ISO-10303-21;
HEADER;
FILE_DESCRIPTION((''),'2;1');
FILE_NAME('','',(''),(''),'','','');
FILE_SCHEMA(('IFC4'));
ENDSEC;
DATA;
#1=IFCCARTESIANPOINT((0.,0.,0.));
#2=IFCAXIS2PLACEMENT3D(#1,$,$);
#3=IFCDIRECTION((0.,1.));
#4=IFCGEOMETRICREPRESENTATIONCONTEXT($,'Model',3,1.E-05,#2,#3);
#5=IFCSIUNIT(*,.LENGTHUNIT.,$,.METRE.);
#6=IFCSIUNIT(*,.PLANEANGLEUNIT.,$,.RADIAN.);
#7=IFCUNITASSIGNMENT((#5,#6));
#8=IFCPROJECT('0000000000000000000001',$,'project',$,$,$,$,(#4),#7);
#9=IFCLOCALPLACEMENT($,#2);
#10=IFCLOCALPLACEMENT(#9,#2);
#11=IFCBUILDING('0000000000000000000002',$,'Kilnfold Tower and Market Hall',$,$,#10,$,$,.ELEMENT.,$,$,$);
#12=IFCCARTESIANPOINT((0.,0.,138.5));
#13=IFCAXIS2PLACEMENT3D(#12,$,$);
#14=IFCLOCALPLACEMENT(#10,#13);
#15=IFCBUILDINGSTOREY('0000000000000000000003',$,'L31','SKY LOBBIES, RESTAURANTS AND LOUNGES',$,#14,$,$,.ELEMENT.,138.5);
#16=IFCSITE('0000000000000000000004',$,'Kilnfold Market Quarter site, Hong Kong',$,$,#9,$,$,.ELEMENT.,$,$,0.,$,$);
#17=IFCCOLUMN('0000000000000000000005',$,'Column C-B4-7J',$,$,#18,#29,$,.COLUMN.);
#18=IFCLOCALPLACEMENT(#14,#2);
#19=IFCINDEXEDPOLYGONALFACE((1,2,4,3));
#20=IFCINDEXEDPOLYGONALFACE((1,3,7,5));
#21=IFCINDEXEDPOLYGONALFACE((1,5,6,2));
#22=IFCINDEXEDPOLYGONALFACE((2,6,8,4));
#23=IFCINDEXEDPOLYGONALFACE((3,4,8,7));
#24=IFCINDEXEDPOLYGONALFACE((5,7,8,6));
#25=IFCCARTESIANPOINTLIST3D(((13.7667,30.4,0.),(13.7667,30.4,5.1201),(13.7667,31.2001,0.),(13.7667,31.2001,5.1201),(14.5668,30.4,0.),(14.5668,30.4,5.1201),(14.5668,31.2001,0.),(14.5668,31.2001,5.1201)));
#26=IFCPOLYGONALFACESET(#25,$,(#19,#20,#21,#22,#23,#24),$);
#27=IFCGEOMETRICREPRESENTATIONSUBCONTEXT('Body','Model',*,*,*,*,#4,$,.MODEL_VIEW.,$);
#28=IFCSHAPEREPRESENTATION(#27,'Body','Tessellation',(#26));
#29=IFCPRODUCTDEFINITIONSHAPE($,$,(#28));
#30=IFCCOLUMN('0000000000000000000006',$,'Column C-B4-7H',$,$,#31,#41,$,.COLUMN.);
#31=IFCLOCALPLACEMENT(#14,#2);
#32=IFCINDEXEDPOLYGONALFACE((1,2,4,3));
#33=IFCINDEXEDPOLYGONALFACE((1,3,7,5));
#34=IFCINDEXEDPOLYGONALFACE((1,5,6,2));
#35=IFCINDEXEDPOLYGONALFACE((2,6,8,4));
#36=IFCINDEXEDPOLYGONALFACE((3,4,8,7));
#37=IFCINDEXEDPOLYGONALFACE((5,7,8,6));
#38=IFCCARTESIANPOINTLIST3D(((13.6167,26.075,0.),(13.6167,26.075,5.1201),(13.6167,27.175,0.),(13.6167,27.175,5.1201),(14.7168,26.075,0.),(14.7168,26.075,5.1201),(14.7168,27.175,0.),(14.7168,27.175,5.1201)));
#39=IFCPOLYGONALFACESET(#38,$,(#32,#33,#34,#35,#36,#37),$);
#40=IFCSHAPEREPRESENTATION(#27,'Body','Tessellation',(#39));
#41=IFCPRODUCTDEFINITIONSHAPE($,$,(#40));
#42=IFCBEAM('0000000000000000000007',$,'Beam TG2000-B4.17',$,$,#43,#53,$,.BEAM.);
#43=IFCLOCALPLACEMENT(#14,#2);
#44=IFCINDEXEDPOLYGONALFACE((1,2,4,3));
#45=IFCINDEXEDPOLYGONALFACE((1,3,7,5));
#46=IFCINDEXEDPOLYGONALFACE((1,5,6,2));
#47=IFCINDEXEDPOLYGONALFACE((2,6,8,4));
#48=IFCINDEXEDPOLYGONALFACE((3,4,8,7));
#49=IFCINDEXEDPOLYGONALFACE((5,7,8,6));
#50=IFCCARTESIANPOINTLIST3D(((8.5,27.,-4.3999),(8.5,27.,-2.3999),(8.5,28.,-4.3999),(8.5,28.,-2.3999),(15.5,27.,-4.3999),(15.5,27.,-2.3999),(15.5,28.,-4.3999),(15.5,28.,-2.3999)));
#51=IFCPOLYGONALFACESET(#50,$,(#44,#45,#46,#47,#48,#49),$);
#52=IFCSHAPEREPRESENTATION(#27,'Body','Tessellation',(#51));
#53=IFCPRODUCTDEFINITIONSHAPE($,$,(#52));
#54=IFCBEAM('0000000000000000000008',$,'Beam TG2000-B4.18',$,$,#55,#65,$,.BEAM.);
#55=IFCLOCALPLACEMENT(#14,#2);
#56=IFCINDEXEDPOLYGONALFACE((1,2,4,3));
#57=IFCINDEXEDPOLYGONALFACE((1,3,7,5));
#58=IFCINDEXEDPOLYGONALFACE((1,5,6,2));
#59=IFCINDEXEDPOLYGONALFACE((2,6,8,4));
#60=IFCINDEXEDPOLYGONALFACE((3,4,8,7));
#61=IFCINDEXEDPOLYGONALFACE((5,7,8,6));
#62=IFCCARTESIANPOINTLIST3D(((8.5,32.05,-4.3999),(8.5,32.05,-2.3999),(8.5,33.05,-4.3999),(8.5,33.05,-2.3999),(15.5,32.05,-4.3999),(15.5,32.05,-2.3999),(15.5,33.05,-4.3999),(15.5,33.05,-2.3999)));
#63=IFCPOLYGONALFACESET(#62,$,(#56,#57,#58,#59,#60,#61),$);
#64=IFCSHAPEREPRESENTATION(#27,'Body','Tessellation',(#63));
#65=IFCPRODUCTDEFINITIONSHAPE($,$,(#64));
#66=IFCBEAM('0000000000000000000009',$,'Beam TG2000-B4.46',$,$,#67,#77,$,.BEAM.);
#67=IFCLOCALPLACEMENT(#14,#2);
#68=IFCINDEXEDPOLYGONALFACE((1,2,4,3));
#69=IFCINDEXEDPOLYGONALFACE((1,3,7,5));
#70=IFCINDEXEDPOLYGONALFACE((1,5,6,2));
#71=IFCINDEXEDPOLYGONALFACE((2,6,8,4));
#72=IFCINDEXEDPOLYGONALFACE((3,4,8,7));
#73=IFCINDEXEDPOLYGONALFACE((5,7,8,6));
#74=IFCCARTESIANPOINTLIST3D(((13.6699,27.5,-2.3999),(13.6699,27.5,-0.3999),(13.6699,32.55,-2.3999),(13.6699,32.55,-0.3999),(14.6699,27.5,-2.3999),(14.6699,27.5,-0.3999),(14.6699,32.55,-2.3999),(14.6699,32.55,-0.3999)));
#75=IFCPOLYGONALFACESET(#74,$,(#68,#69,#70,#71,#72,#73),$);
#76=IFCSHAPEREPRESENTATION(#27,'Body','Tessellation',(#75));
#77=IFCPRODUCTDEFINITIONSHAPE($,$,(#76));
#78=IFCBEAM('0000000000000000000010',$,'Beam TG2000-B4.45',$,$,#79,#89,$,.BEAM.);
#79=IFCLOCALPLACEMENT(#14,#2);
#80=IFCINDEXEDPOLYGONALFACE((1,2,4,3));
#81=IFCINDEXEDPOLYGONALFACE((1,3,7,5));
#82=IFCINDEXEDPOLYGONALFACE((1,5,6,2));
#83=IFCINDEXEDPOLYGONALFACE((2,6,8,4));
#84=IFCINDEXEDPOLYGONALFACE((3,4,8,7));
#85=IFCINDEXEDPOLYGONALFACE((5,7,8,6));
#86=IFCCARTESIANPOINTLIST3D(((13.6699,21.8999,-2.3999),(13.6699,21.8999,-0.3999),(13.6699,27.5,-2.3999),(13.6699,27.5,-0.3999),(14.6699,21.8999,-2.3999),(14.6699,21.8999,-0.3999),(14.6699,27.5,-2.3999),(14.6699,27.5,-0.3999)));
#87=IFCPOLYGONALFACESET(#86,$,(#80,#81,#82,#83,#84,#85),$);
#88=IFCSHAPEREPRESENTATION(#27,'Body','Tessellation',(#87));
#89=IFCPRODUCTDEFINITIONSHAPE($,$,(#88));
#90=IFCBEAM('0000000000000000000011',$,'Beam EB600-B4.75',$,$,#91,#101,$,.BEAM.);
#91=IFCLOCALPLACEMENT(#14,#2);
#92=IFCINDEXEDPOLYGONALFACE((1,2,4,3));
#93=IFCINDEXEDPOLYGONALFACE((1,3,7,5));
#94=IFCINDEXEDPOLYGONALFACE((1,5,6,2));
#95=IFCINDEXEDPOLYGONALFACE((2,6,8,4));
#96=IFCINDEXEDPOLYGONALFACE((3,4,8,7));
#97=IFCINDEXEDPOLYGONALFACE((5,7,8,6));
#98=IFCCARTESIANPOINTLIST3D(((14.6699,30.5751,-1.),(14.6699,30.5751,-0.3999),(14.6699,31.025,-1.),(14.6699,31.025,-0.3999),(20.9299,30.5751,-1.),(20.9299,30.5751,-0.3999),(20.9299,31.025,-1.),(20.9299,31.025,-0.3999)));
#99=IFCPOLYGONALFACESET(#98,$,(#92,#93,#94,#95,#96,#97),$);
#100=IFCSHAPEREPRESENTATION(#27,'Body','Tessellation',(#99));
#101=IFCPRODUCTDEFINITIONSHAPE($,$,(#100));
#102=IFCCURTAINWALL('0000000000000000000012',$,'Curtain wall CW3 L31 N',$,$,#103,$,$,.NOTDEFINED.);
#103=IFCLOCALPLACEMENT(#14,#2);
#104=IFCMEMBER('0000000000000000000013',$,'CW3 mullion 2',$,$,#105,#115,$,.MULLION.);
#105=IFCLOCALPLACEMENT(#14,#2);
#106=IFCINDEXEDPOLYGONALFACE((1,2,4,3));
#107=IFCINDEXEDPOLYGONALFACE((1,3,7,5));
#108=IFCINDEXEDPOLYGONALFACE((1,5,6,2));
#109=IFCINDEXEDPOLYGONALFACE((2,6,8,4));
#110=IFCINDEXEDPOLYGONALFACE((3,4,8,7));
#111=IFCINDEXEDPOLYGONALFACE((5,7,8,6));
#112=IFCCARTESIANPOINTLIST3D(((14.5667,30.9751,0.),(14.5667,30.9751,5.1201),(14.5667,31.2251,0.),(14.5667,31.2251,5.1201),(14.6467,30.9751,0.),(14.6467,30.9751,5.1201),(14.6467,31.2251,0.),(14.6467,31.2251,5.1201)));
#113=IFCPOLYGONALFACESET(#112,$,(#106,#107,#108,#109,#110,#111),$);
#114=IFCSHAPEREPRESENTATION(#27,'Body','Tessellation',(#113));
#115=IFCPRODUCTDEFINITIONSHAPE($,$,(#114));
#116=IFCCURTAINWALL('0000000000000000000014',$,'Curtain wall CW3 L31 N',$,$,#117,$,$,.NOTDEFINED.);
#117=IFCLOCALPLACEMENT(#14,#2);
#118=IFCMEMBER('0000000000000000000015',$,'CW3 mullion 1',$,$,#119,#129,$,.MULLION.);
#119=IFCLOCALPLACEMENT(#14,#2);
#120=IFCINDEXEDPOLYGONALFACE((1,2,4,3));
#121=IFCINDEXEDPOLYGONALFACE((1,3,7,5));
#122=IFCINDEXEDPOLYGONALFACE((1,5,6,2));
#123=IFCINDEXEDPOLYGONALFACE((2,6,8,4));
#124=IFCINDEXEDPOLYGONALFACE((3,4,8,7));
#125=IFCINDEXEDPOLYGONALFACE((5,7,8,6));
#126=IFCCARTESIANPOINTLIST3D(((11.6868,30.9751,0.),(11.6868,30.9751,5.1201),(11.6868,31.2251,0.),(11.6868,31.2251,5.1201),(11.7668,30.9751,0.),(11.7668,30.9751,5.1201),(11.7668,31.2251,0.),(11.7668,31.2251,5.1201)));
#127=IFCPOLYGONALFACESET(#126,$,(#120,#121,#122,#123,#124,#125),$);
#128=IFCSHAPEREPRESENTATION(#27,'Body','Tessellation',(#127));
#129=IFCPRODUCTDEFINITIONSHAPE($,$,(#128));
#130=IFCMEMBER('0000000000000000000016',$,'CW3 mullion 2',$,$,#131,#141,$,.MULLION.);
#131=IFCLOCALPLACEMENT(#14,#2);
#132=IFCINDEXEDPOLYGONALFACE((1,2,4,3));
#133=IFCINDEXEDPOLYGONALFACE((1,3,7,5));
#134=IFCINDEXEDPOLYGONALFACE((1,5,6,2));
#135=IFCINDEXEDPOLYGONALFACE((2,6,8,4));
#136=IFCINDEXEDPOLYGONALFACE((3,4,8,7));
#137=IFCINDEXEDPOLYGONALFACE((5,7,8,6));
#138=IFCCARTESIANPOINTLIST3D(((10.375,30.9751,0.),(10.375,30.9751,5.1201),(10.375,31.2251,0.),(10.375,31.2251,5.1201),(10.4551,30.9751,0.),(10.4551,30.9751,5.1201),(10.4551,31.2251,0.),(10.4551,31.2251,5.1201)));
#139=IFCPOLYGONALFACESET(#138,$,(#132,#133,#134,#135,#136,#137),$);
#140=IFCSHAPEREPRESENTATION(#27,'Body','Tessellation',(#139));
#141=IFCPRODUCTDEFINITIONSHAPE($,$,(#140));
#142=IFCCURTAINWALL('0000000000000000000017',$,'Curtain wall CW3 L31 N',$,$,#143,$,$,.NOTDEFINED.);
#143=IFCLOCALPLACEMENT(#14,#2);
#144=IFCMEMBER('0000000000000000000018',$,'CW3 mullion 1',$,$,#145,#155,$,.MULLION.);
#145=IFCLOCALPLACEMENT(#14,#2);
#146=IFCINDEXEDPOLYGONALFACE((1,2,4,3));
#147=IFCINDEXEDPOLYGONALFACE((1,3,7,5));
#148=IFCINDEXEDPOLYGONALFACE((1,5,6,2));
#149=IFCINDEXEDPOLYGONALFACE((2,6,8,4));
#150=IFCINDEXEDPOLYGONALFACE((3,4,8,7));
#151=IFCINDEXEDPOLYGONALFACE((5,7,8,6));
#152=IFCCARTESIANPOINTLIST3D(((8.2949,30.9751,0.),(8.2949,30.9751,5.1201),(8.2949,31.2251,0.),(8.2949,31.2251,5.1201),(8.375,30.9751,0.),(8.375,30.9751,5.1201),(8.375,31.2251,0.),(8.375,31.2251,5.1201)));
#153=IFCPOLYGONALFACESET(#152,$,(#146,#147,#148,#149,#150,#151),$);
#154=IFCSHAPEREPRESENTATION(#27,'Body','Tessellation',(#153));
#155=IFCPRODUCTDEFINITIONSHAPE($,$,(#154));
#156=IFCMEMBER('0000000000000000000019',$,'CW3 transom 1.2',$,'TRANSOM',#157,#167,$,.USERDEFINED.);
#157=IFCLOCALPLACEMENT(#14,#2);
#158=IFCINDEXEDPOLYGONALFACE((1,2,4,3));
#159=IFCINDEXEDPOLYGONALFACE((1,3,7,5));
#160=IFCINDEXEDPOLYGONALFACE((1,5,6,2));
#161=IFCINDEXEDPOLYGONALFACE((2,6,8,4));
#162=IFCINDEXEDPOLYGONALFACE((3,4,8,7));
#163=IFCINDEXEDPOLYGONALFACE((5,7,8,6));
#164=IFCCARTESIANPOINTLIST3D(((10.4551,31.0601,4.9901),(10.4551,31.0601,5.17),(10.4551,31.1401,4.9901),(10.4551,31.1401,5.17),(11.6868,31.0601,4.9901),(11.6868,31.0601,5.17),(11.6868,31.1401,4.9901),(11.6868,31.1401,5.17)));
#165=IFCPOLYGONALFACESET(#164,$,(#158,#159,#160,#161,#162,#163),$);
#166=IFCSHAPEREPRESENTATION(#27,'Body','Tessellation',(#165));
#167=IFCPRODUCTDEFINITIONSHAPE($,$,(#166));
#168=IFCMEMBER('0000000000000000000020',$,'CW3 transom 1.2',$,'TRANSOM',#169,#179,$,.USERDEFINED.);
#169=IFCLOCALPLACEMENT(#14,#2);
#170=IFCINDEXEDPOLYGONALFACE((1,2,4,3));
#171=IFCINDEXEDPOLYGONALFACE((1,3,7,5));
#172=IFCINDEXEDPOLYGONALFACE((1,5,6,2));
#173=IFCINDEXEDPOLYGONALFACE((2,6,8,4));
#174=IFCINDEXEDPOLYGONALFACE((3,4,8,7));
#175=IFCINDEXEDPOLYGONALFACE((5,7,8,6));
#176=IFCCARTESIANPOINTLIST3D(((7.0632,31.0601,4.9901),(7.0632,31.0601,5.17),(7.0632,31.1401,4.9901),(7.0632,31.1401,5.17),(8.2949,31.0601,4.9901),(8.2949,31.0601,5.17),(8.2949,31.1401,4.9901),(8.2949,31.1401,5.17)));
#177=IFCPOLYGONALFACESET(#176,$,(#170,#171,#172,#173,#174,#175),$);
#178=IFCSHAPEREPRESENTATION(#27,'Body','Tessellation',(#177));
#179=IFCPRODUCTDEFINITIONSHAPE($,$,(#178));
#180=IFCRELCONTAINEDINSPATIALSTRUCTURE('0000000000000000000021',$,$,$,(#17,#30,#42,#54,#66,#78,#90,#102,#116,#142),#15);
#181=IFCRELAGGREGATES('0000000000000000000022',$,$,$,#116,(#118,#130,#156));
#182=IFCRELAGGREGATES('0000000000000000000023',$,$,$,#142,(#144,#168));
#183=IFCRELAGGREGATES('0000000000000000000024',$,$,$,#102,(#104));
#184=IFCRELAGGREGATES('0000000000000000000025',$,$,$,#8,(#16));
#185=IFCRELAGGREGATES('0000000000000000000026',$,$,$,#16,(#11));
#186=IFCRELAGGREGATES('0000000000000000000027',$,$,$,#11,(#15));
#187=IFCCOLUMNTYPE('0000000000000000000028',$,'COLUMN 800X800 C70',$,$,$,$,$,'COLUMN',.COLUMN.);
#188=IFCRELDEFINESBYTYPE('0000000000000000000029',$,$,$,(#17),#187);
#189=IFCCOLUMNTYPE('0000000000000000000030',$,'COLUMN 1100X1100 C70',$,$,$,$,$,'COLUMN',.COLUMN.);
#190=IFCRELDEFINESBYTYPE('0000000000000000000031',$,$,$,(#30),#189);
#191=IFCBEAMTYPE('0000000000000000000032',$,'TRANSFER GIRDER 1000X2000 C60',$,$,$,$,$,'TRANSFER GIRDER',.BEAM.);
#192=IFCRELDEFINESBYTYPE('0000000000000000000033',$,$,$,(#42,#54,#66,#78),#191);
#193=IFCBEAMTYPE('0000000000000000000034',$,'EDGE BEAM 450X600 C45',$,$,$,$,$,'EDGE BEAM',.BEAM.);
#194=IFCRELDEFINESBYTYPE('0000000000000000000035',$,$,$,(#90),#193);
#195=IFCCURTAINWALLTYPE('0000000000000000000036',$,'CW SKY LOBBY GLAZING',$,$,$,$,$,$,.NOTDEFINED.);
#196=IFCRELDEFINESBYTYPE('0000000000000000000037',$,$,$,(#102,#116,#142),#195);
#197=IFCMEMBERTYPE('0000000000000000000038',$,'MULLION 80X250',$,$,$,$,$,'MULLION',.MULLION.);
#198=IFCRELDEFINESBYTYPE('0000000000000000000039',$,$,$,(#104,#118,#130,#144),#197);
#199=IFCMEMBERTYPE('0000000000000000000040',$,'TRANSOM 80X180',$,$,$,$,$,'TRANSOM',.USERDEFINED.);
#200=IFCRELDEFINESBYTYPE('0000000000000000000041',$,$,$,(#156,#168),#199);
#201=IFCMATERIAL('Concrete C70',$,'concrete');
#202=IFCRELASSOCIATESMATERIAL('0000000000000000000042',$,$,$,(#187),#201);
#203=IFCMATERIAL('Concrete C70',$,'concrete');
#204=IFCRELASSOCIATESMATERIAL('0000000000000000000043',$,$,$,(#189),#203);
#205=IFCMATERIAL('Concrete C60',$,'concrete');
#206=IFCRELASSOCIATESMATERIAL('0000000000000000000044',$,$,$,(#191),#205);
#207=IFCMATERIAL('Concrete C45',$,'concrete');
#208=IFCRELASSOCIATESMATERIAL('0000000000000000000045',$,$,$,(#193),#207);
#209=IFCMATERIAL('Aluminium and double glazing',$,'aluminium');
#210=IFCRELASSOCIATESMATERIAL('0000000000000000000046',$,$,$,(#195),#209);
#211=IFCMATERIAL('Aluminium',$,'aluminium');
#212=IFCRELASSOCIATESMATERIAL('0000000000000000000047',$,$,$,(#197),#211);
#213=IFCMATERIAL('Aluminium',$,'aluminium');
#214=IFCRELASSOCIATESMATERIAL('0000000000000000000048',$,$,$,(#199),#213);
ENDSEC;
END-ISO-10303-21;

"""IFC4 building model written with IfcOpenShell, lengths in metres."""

from ifc_helpers import new_model, si_unit, direction, frame, origin, origin_2d, place, context, subcontext, project, spatial, rectangle, extrude, source, transform, mapped, material, material_profile, profile_set, type_object, element, aggregate, save


model = new_model("IFC4")

# Units and contexts
model_context = context("Model", 3, precision=1e-05, world=origin(), true_north=direction((0.0, 1.0)))
body_context = subcontext(model_context, "Body", "Model", "MODEL_VIEW")
ifc_project = project(units=[si_unit("LENGTHUNIT", "METRE"), si_unit("PLANEANGLEUNIT", "RADIAN")], contexts=[model_context])

# Site, building, storey
site_placement = place(None, origin())
site = spatial("IfcSite", under=ifc_project, at=site_placement, Name="Kilnfold Market Quarter site, Hong Kong", CompositionType="ELEMENT", RefElevation=0.0)
building_placement = place(site_placement, origin())
building = spatial("IfcBuilding", under=site, at=building_placement, Name="Kilnfold Tower and Market Hall", CompositionType="ELEMENT")
storey_placement = place(building_placement, frame((0.0, 0.0, 138.5)))
storey = spatial("IfcBuildingStorey", under=building, at=storey_placement, Name="L31", Description="SKY LOBBIES, RESTAURANTS AND LOUNGES", CompositionType="ELEMENT", Elevation=138.5)

# Columns
ifc_material_1 = material(Name="Concrete C70", Category="concrete")
ifc_material_profile_1 = material_profile(ifc_material_1, rectangle(XDim=0.8, YDim=0.8, at=origin_2d()), Name="RC 800x800")
ifc_profile_set_1 = profile_set([ifc_material_profile_1], Name="Concrete C70")
column_type_1 = type_object("IfcColumnType", Name="COLUMN 800X800 C70", ElementType="COLUMN", PredefinedType="COLUMN", material=ifc_profile_set_1)
shared_shape_1 = source(origin(), body_context, "Body", "SweptSolid", [
    extrude(rectangle(XDim=0.8, YDim=0.8, at=origin_2d()), origin(), (0.0, 0.0, 1.0), 5.1201),
])
column_1_placement = place(storey_placement, frame((14.1667, 30.8, 0.0), z_axis=(0.0, 0.0, 1.0), x_axis=(1.0, 0.0, 0.0)))
element("IfcColumn", 1, at=column_1_placement, inside=storey, type_object=column_type_1, Name="Column C-B4-7J", PredefinedType="COLUMN", context=body_context, shape_type="MappedRepresentation", body=[
    mapped(shared_shape_1, transform((0.0, 0.0, 0.0))),
])
ifc_material_2 = material(Name="Concrete C70", Category="concrete")
ifc_material_profile_2 = material_profile(ifc_material_2, rectangle(XDim=1.1001, YDim=1.1001, at=origin_2d()), Name="RC 1100x1100")
ifc_profile_set_2 = profile_set([ifc_material_profile_2], Name="Concrete C70")
column_type_2 = type_object("IfcColumnType", Name="COLUMN 1100X1100 C70", ElementType="COLUMN", PredefinedType="COLUMN", material=ifc_profile_set_2)
shared_shape_2 = source(origin(), body_context, "Body", "SweptSolid", [
    extrude(rectangle(XDim=1.1001, YDim=1.1001, at=origin_2d()), origin(), (0.0, 0.0, 1.0), 5.1201),
])
column_2_placement = place(storey_placement, frame((14.1667, 26.625, 0.0), z_axis=(0.0, 0.0, 1.0), x_axis=(1.0, 0.0, 0.0)))
element("IfcColumn", 2, at=column_2_placement, inside=storey, type_object=column_type_2, Name="Column C-B4-7H", PredefinedType="COLUMN", context=body_context, shape_type="MappedRepresentation", body=[
    mapped(shared_shape_2, transform((0.0, 0.0, 0.0))),
])

# Beams
ifc_material_3 = material(Name="Concrete C60", Category="concrete")
ifc_material_profile_3 = material_profile(ifc_material_3, rectangle(XDim=1.0, YDim=2.0, at=origin_2d()), Name="RC 1000x2000")
ifc_profile_set_3 = profile_set([ifc_material_profile_3], Name="Concrete C60")
beam_type_1 = type_object("IfcBeamType", Name="TRANSFER GIRDER 1000X2000 C60", ElementType="TRANSFER GIRDER", PredefinedType="BEAM", material=ifc_profile_set_3)
shared_shape_3 = source(origin(), body_context, "Body", "SweptSolid", [
    extrude(rectangle(XDim=1.0, YDim=2.0, at=origin_2d()), origin(), (0.0, 0.0, 1.0), 7.0),
])
for number, where, z_axis, x_axis, name in (
    (3, (8.5, 27.5, -3.3999), (1.0, 0.0, 0.0), (0.0, 1.0, 0.0), "Beam TG2000-B4.17"),
    (4, (8.5, 32.55, -3.3999), (1.0, 0.0, 0.0), (0.0, 1.0, 0.0), "Beam TG2000-B4.18"),
):
    element("IfcBeam", number, at=place(storey_placement, frame(where, z_axis=z_axis, x_axis=x_axis)), inside=storey, type_object=beam_type_1, Name=name, PredefinedType="BEAM", context=body_context, shape_type="MappedRepresentation", body=[
        mapped(shared_shape_3, transform((0.0, 0.0, 0.0))),
    ])
shared_shape_4 = source(origin(), body_context, "Body", "SweptSolid", [
    extrude(rectangle(XDim=1.0, YDim=2.0, at=origin_2d()), origin(), (0.0, 0.0, 1.0), 5.05),
])
beam_1_placement = place(storey_placement, frame((14.1699, 27.5, -1.3999), z_axis=(0.0, 1.0, 0.0), x_axis=(-1.0, 0.0, 0.0)))
element("IfcBeam", 5, at=beam_1_placement, inside=storey, type_object=beam_type_1, Name="Beam TG2000-B4.46", PredefinedType="BEAM", context=body_context, shape_type="MappedRepresentation", body=[
    mapped(shared_shape_4, transform((0.0, 0.0, 0.0))),
])
shared_shape_5 = source(origin(), body_context, "Body", "SweptSolid", [
    extrude(rectangle(XDim=1.0, YDim=2.0, at=origin_2d()), origin(), (0.0, 0.0, 1.0), 5.6001),
])
beam_2_placement = place(storey_placement, frame((14.1699, 21.8999, -1.3999), z_axis=(0.0, 1.0, 0.0), x_axis=(-1.0, 0.0, 0.0)))
element("IfcBeam", 6, at=beam_2_placement, inside=storey, type_object=beam_type_1, Name="Beam TG2000-B4.45", PredefinedType="BEAM", context=body_context, shape_type="MappedRepresentation", body=[
    mapped(shared_shape_5, transform((0.0, 0.0, 0.0))),
])
ifc_material_4 = material(Name="Concrete C45", Category="concrete")
ifc_material_profile_4 = material_profile(ifc_material_4, rectangle(XDim=0.45, YDim=0.6001, at=origin_2d()), Name="RC 450x600")
ifc_profile_set_4 = profile_set([ifc_material_profile_4], Name="Concrete C45")
beam_type_2 = type_object("IfcBeamType", Name="EDGE BEAM 450X600 C45", ElementType="EDGE BEAM", PredefinedType="BEAM", material=ifc_profile_set_4)
shared_shape_6 = source(origin(), body_context, "Body", "SweptSolid", [
    extrude(rectangle(XDim=0.45, YDim=0.6001, at=origin_2d()), origin(), (0.0, 0.0, 1.0), 6.26),
])
beam_3_placement = place(storey_placement, frame((14.6699, 30.8, -0.7), z_axis=(1.0, 0.0, 0.0), x_axis=(0.0, 1.0, 0.0)))
element("IfcBeam", 7, at=beam_3_placement, inside=storey, type_object=beam_type_2, Name="Beam EB600-B4.75", PredefinedType="BEAM", context=body_context, shape_type="MappedRepresentation", body=[
    mapped(shared_shape_6, transform((0.0, 0.0, 0.0))),
])

# Curtain wall, member
ifc_material_5 = material(Name="Aluminium and double glazing", Category="aluminium")
curtain_wall_type = type_object("IfcCurtainWallType", Name="CW SKY LOBBY GLAZING", PredefinedType="NOTDEFINED", material=ifc_material_5)
curtain_wall_1_placement = place(storey_placement, origin())
curtain_wall_1 = element("IfcCurtainWall", 8, at=curtain_wall_1_placement, inside=storey, type_object=curtain_wall_type, Name="Curtain wall CW3 L31 N", PredefinedType="NOTDEFINED")
ifc_material_6 = material(Name="Aluminium", Category="aluminium")
ifc_material_profile_5 = material_profile(ifc_material_6, rectangle(XDim=0.0801, YDim=0.25, at=origin_2d()), Name="MULLION 80x250")
ifc_profile_set_5 = profile_set([ifc_material_profile_5], Name="Aluminium")
member_type_1 = type_object("IfcMemberType", Name="MULLION 80X250", ElementType="MULLION", PredefinedType="MULLION", material=ifc_profile_set_5)
shared_shape_7 = source(origin(), body_context, "Body", "SweptSolid", [
    extrude(rectangle(XDim=0.0801, YDim=0.25, at=origin_2d()), origin(), (0.0, 0.0, 1.0), 5.1201),
])
member_1_placement = place(storey_placement, frame((14.6067, 31.1001, 0.0), z_axis=(0.0, 0.0, 1.0), x_axis=(-1.0, 0.0, 0.0)))
member_1 = element("IfcMember", 9, at=member_1_placement, type_object=member_type_1, Name="CW3 mullion 2", PredefinedType="MULLION", context=body_context, shape_type="MappedRepresentation", body=[
    mapped(shared_shape_7, transform((0.0, 0.0, 0.0))),
])

# Curtain wall, members
curtain_wall_2_placement = place(storey_placement, origin())
curtain_wall_2 = element("IfcCurtainWall", 10, at=curtain_wall_2_placement, inside=storey, type_object=curtain_wall_type, Name="Curtain wall CW3 L31 N", PredefinedType="NOTDEFINED")
member_2_placement = place(storey_placement, frame((11.7268, 31.1001, 0.0), z_axis=(0.0, 0.0, 1.0), x_axis=(-1.0, 0.0, 0.0)))
member_2 = element("IfcMember", 11, at=member_2_placement, type_object=member_type_1, Name="CW3 mullion 1", PredefinedType="MULLION", context=body_context, shape_type="MappedRepresentation", body=[
    mapped(shared_shape_7, transform((0.0, 0.0, 0.0))),
])
member_3_placement = place(storey_placement, frame((10.415, 31.1001, 0.0), z_axis=(0.0, 0.0, 1.0), x_axis=(-1.0, 0.0, 0.0)))
member_3 = element("IfcMember", 12, at=member_3_placement, type_object=member_type_1, Name="CW3 mullion 2", PredefinedType="MULLION", context=body_context, shape_type="MappedRepresentation", body=[
    mapped(shared_shape_7, transform((0.0, 0.0, 0.0))),
])

# Curtain wall, member
curtain_wall_3_placement = place(storey_placement, origin())
curtain_wall_3 = element("IfcCurtainWall", 13, at=curtain_wall_3_placement, inside=storey, type_object=curtain_wall_type, Name="Curtain wall CW3 L31 N", PredefinedType="NOTDEFINED")
member_4_placement = place(storey_placement, frame((8.335, 31.1001, 0.0), z_axis=(0.0, 0.0, 1.0), x_axis=(-1.0, 0.0, 0.0)))
member_4 = element("IfcMember", 14, at=member_4_placement, type_object=member_type_1, Name="CW3 mullion 1", PredefinedType="MULLION", context=body_context, shape_type="MappedRepresentation", body=[
    mapped(shared_shape_7, transform((0.0, 0.0, 0.0))),
])

# Members
ifc_material_7 = material(Name="Aluminium", Category="aluminium")
ifc_material_profile_6 = material_profile(ifc_material_7, rectangle(XDim=0.0801, YDim=0.1799, at=origin_2d()), Name="TRANSOM 80x180")
ifc_profile_set_6 = profile_set([ifc_material_profile_6], Name="Aluminium")
member_type_2 = type_object("IfcMemberType", Name="TRANSOM 80X180", ElementType="TRANSOM", PredefinedType="USERDEFINED", material=ifc_profile_set_6)
shared_shape_8 = source(origin(), body_context, "Body", "SweptSolid", [
    extrude(rectangle(XDim=0.0801, YDim=0.1799, at=origin_2d()), origin(), (0.0, 0.0, 1.0), 1.2317),
])
member_5_placement = place(storey_placement, frame((11.6868, 31.1001, 5.0801), z_axis=(-1.0, 0.0, 0.0), x_axis=(0.0, -1.0, 0.0)))
member_5 = element("IfcMember", 15, at=member_5_placement, type_object=member_type_2, Name="CW3 transom 1.2", ObjectType="TRANSOM", PredefinedType="USERDEFINED", context=body_context, shape_type="MappedRepresentation", body=[
    mapped(shared_shape_8, transform((0.0, 0.0, 0.0))),
])
member_6_placement = place(storey_placement, frame((8.2949, 31.1001, 5.0801), z_axis=(-1.0, 0.0, 0.0), x_axis=(0.0, -1.0, 0.0)))
member_6 = element("IfcMember", 16, at=member_6_placement, type_object=member_type_2, Name="CW3 transom 1.2", ObjectType="TRANSOM", PredefinedType="USERDEFINED", context=body_context, shape_type="MappedRepresentation", body=[
    mapped(shared_shape_8, transform((0.0, 0.0, 0.0))),
])

aggregate(curtain_wall_2, [member_2, member_3, member_5])
aggregate(curtain_wall_3, [member_4, member_6])
aggregate(curtain_wall_1, [member_1])

save(model, "model.ifc")
